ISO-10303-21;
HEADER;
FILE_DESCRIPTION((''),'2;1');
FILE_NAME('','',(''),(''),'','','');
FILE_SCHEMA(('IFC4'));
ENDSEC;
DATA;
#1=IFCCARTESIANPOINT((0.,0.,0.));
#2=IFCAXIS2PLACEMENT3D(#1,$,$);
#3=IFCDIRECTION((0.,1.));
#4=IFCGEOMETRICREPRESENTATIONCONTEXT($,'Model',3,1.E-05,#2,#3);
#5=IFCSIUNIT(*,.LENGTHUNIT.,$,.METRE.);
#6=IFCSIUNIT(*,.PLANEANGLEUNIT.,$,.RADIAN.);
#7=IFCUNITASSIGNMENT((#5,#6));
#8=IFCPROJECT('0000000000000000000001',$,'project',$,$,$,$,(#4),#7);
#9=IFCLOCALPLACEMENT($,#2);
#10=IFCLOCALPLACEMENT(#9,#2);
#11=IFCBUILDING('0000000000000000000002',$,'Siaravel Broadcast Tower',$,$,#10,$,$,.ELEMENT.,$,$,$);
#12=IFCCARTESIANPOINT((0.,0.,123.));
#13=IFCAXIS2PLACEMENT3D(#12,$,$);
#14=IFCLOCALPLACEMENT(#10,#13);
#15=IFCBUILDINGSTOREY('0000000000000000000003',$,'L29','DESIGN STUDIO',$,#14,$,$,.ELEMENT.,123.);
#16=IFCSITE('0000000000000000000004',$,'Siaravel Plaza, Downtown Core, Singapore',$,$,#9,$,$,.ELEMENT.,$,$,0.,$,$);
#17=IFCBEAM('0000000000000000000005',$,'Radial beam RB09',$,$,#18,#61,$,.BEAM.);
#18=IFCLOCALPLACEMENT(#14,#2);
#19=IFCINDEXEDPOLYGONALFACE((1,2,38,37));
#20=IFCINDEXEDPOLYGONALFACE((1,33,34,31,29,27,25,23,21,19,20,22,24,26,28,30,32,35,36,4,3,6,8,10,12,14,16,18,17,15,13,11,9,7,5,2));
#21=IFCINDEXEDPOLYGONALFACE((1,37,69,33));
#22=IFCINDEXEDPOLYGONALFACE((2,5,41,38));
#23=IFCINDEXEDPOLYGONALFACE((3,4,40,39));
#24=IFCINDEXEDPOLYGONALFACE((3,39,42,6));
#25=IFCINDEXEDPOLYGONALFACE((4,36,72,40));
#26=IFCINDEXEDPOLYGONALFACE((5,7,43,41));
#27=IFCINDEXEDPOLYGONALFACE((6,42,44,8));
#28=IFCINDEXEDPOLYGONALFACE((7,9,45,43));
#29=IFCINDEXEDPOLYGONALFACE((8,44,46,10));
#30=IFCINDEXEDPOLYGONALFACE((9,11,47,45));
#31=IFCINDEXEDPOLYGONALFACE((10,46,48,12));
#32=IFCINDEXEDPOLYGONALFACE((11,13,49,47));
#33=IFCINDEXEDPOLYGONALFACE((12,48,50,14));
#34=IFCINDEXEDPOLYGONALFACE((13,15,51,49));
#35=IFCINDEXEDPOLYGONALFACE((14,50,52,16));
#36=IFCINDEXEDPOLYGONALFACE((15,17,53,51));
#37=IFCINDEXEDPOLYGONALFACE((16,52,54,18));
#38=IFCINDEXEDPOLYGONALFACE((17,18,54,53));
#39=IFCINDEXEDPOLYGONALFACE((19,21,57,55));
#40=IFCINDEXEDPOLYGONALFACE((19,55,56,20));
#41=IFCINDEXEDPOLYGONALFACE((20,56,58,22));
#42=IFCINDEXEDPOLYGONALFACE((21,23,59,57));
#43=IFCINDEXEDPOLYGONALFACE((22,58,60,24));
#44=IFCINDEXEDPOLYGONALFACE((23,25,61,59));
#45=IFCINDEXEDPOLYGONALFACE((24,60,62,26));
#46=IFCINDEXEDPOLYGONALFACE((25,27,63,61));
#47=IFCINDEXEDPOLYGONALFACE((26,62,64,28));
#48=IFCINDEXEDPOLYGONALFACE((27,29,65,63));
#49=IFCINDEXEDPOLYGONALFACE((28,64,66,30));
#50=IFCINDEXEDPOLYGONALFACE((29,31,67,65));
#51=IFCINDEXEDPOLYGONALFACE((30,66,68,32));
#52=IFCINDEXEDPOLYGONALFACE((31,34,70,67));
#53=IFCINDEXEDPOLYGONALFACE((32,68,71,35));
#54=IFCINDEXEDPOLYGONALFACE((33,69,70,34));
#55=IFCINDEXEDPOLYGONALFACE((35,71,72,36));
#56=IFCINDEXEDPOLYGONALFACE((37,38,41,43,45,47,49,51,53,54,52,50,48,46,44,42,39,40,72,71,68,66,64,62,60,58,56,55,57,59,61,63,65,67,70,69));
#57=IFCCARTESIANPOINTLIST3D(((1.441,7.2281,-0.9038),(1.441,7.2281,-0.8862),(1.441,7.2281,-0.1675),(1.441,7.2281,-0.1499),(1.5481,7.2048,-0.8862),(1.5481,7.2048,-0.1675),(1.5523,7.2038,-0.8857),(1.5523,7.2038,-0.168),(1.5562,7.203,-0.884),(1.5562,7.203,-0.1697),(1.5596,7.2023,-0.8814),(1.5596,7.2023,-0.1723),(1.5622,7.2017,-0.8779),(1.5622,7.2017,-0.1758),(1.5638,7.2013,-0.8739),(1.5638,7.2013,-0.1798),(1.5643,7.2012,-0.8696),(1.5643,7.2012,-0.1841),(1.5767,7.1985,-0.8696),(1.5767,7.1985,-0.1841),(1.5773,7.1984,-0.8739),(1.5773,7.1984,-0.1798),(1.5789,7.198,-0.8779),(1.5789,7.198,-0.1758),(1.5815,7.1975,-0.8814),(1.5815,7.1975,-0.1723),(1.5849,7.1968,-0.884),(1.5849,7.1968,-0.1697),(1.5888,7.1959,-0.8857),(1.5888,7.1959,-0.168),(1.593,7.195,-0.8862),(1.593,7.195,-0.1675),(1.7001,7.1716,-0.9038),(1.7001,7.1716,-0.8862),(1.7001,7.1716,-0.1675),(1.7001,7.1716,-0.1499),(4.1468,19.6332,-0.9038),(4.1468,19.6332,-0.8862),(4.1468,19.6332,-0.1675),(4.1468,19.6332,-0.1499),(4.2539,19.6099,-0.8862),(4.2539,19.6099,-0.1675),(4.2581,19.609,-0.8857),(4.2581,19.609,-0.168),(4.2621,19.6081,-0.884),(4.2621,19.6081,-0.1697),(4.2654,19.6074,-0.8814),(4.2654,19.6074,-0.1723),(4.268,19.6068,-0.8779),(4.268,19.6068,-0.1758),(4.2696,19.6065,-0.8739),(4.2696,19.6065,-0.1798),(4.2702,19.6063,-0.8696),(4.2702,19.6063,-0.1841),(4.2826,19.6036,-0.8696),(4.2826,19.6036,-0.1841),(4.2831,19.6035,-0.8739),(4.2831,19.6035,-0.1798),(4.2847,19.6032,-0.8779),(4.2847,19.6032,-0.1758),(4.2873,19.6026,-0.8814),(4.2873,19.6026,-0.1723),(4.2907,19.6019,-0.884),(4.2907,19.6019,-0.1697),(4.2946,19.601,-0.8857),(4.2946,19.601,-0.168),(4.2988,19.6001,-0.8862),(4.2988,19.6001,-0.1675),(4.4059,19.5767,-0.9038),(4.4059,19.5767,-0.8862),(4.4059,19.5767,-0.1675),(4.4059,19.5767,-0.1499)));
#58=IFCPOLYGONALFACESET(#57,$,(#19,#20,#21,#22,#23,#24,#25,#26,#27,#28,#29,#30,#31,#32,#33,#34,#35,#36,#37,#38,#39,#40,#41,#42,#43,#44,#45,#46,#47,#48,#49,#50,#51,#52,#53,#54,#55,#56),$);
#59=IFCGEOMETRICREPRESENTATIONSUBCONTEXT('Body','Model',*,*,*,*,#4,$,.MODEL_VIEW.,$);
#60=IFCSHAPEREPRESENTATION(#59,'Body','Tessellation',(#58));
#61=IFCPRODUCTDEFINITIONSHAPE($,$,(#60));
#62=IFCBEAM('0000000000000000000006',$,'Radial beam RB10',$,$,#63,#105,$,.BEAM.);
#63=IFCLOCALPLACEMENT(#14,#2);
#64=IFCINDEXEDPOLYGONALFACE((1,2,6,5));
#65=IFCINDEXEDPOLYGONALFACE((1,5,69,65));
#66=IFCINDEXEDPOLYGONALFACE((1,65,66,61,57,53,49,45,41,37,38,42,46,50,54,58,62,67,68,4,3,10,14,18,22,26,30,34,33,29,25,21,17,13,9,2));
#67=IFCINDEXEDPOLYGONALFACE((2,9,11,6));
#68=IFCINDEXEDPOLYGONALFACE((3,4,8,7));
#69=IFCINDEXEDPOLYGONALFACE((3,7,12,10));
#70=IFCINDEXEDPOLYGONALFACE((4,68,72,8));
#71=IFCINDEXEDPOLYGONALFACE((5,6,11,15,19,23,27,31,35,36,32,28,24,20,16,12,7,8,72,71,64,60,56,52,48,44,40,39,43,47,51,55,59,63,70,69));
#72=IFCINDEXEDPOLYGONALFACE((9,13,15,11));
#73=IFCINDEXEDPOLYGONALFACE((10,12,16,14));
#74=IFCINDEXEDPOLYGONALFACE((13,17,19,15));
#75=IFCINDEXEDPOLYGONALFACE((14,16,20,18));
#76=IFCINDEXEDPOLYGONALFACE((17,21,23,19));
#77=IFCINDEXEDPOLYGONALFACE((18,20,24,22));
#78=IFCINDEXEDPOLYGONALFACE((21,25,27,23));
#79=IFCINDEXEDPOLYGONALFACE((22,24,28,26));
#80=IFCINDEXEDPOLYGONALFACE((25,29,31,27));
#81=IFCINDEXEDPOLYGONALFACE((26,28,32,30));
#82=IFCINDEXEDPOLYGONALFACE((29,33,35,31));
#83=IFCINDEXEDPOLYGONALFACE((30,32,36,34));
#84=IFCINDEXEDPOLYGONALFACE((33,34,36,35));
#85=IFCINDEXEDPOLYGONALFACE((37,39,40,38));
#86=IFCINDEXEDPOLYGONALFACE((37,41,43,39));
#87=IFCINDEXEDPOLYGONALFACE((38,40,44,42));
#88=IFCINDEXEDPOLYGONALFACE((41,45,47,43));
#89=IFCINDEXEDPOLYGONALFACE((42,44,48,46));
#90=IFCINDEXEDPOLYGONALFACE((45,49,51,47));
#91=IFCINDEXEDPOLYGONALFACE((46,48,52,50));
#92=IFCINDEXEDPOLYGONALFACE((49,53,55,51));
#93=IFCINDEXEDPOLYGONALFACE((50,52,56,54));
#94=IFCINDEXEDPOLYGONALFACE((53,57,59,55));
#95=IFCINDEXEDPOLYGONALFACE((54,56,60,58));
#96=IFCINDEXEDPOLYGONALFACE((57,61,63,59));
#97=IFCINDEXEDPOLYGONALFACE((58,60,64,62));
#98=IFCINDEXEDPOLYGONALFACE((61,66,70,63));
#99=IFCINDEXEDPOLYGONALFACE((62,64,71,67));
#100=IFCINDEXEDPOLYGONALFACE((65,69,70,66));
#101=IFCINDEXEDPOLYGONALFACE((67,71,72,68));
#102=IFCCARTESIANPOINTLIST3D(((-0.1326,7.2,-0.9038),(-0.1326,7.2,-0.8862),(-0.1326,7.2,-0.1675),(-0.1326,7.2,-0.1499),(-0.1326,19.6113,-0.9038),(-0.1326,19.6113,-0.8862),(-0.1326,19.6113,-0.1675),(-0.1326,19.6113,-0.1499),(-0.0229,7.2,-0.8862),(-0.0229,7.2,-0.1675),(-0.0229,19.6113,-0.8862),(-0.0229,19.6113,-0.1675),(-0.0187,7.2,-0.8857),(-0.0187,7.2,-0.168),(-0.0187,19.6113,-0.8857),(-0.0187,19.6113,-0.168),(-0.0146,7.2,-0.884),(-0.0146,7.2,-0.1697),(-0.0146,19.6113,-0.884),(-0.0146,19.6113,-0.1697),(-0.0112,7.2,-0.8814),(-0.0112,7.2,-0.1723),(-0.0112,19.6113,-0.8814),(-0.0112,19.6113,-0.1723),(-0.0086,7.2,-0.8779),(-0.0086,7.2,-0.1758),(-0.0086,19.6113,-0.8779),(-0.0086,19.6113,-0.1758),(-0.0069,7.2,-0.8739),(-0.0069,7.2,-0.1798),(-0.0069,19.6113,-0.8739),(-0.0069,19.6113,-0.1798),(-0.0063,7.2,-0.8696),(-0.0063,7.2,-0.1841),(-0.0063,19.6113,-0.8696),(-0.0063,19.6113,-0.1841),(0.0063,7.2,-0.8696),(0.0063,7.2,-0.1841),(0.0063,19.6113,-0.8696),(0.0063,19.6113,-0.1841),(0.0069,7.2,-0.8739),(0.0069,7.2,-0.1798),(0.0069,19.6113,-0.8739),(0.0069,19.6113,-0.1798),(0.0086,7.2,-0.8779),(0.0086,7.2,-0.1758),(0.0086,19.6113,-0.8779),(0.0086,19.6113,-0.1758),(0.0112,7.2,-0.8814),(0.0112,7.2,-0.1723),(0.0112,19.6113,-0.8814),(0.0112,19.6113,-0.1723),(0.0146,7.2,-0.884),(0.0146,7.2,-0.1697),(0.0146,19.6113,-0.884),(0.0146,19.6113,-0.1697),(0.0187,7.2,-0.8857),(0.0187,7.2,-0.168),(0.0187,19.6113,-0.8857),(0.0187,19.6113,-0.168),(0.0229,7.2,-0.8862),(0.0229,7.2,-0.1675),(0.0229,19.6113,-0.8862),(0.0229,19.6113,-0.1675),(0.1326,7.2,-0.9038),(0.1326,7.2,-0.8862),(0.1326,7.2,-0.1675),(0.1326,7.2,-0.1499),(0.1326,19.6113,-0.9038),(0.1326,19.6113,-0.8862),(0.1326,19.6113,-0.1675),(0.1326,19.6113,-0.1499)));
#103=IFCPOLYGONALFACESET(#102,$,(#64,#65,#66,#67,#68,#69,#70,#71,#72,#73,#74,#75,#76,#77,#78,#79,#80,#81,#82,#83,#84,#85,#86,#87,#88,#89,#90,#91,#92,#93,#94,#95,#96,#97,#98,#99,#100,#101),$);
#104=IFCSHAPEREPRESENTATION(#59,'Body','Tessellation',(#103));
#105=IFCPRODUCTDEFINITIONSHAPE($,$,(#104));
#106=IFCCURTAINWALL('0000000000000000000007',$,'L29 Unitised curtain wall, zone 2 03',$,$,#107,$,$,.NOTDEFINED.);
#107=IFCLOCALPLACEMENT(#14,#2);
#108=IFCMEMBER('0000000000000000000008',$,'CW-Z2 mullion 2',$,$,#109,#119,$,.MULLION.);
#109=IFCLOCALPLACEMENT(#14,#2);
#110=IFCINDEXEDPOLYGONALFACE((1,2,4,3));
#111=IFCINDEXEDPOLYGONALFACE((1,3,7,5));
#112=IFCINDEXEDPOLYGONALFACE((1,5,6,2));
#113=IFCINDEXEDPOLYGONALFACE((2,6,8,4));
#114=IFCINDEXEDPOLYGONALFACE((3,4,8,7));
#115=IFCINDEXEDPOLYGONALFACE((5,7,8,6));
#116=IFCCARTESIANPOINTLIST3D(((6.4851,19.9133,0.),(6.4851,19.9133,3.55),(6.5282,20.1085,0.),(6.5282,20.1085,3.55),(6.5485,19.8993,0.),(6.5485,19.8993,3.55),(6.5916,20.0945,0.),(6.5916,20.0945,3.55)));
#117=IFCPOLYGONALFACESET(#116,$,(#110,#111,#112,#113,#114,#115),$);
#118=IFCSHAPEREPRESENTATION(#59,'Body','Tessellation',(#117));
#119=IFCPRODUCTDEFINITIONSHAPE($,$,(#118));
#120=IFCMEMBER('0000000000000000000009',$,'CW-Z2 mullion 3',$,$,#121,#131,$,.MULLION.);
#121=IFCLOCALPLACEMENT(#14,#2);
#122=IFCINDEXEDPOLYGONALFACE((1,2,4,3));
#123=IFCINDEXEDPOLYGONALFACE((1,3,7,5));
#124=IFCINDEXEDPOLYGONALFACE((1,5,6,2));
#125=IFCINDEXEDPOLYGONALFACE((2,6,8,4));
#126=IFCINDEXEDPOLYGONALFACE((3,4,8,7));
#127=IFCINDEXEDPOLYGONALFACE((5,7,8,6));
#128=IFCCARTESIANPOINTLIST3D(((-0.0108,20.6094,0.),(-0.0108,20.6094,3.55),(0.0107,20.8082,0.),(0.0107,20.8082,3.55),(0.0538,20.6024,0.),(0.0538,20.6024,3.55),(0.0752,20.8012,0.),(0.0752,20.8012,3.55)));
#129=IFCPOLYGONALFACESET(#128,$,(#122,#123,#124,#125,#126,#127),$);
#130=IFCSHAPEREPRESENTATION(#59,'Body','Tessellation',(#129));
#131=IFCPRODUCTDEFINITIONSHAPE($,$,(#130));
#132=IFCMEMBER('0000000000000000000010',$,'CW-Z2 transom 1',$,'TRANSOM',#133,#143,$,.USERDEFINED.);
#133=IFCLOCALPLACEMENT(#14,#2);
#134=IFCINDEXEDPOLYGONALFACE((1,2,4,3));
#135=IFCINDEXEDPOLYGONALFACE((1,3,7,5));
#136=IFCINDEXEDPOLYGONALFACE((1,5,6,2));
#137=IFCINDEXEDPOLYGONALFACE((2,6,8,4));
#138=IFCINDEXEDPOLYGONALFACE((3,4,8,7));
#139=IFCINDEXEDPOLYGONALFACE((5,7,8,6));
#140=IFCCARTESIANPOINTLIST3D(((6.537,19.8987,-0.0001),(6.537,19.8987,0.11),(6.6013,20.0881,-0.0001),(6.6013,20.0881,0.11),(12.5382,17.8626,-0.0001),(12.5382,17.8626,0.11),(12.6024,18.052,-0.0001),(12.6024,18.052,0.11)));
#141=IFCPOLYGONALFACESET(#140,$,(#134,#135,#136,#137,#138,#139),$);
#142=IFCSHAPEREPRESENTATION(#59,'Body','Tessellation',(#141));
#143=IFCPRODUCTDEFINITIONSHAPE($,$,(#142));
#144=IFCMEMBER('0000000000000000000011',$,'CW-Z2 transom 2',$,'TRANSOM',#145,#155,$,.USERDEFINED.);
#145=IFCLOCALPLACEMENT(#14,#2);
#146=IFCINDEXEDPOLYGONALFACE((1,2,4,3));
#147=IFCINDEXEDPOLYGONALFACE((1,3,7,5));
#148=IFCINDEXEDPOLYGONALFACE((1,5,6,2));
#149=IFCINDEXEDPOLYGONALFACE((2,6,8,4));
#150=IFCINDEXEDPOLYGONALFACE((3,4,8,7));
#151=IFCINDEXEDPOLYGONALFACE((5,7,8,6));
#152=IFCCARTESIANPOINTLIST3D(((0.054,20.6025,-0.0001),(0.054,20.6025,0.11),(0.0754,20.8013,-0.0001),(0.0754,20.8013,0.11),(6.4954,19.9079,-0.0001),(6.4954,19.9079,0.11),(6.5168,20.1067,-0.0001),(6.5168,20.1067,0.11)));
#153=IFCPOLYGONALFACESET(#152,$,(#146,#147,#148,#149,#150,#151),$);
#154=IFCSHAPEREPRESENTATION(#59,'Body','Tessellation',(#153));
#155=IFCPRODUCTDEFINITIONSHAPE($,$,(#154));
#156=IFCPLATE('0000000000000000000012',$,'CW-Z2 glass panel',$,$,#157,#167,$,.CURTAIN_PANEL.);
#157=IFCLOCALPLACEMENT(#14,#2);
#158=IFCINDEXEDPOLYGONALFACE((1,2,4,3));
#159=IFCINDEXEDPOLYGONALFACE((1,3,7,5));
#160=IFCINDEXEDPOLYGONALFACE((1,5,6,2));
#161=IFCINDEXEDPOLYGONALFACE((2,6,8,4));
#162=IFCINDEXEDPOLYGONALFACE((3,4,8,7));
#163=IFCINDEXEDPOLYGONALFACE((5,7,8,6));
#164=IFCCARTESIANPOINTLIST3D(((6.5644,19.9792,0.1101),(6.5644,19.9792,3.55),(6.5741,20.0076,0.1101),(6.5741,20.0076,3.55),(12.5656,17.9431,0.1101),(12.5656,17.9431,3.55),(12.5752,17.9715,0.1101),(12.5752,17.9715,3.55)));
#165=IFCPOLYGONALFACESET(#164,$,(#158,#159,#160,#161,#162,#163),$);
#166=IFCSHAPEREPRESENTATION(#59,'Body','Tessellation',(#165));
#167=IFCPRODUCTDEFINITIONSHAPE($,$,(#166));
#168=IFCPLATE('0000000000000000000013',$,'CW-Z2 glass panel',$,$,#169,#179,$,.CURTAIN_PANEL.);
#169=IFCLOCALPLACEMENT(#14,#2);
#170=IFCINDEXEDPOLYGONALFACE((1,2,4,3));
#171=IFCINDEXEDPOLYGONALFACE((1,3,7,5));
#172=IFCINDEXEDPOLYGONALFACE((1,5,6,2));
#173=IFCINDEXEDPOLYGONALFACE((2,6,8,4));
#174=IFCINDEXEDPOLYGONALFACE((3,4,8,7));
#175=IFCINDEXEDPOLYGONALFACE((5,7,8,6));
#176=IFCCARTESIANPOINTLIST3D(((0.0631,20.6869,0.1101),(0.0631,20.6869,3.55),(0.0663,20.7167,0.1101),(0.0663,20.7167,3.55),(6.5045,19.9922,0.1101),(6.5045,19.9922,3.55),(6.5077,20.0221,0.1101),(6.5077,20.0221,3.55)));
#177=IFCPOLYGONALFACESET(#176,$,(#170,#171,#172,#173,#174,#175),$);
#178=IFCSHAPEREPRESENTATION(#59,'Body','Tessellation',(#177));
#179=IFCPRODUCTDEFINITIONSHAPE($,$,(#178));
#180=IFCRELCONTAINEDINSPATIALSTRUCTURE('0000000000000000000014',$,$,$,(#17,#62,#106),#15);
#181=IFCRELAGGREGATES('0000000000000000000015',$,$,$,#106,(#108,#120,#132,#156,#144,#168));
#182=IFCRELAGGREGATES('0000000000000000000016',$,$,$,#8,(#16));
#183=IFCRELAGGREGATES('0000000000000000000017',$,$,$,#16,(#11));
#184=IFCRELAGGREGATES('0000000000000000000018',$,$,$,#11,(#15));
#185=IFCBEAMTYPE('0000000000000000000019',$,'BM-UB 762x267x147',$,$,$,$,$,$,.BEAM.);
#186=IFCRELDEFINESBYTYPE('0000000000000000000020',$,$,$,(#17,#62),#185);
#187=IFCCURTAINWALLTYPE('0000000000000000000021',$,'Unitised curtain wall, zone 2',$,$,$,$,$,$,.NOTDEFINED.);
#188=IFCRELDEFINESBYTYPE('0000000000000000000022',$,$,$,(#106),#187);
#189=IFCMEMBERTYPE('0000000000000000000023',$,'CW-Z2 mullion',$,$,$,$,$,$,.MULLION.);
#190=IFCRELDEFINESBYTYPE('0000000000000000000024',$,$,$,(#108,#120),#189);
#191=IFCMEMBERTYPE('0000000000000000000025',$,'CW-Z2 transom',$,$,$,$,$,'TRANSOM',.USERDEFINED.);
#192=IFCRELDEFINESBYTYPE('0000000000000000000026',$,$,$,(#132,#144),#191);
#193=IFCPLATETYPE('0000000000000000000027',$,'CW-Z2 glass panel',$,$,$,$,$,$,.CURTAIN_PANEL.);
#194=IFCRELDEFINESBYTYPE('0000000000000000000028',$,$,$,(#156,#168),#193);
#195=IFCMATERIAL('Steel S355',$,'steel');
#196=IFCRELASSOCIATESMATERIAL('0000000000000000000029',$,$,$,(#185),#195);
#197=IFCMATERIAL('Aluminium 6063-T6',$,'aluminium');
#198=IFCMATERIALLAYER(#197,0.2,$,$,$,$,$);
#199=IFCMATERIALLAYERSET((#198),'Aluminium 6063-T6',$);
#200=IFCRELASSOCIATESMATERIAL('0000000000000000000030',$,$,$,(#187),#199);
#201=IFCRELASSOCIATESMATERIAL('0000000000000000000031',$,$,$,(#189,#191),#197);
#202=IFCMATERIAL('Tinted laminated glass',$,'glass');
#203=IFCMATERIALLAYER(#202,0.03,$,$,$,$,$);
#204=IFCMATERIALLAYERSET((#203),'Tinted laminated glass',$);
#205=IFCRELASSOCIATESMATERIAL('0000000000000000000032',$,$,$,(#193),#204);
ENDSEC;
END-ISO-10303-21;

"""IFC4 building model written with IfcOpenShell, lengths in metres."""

from ifc_helpers import new_model, si_unit, direction, frame, origin, origin_2d, place, context, subcontext, project, spatial, rectangle, i_section, extrude, material, layer, layer_set, material_profile, profile_set, type_object, element, aggregate, save


model = new_model("IFC4")

# Units and contexts
model_context = context("Model", 3, precision=1e-05, world=origin(), true_north=direction((0.0, 1.0)))
body_context = subcontext(model_context, "Body", "Model", "MODEL_VIEW")
ifc_project = project(units=[si_unit("LENGTHUNIT", "METRE"), si_unit("PLANEANGLEUNIT", "RADIAN")], contexts=[model_context])

# Site, building, storey
site_placement = place(None, origin())
site = spatial("IfcSite", under=ifc_project, at=site_placement, Name="Siaravel Plaza, Downtown Core, Singapore", CompositionType="ELEMENT", RefElevation=0.0)
building_placement = place(site_placement, origin())
building = spatial("IfcBuilding", under=site, at=building_placement, Name="Siaravel Broadcast Tower", CompositionType="ELEMENT")
storey_placement = place(building_placement, frame((0.0, 0.0, 123.0)))
storey = spatial("IfcBuildingStorey", under=building, at=storey_placement, Name="L29", Description="DESIGN STUDIO", CompositionType="ELEMENT", Elevation=123.0)

# Beams
ifc_material_1 = material(Name="Steel S355", Category="steel")
ifc_material_profile_1 = material_profile(ifc_material_1, i_section(OverallWidth=0.2651, OverallDepth=0.7539, WebThickness=0.0127, FlangeThickness=0.0176, FilletRadius=0.0166, at=origin_2d()))
ifc_profile_set_1 = profile_set([ifc_material_profile_1], Name="Steel S355")
beam_type = type_object("IfcBeamType", Name="BM-UB 762x267x147", PredefinedType="BEAM", material=ifc_profile_set_1)
beam_1_placement = place(storey_placement, frame((4.2764, 19.605, -0.5269), z_axis=(-0.213111, -0.977028, 0.0), x_axis=(0.977028, -0.213111, 0.0)))
element("IfcBeam", 1, at=beam_1_placement, inside=storey, type_object=beam_type, Name="Radial beam RB09", PredefinedType="BEAM", context=body_context, shape_type="SweptSolid", body=[
    extrude(i_section(OverallWidth=0.2651, OverallDepth=0.7539, WebThickness=0.0127, FlangeThickness=0.0176, FilletRadius=0.0166, at=origin_2d()), origin(), (0.0, 0.0, 1.0), 12.6968),
])
beam_2_placement = place(storey_placement, frame((0.0, 19.6113, -0.5269), z_axis=(0.0, -1.0, 0.0), x_axis=(1.0, 0.0, 0.0)))
element("IfcBeam", 2, at=beam_2_placement, inside=storey, type_object=beam_type, Name="Radial beam RB10", PredefinedType="BEAM", context=body_context, shape_type="SweptSolid", body=[
    extrude(i_section(OverallWidth=0.2651, OverallDepth=0.7539, WebThickness=0.0127, FlangeThickness=0.0176, FilletRadius=0.0166, at=origin_2d()), origin(), (0.0, 0.0, 1.0), 12.4114),
])

# Curtain wall, members, plates
ifc_material_2 = material(Name="Aluminium 6063-T6", Category="aluminium")
ifc_layer_1 = layer(ifc_material_2, 0.2)
ifc_layer_set_1 = layer_set([ifc_layer_1], Name="Aluminium 6063-T6")
curtain_wall_type = type_object("IfcCurtainWallType", Name="Unitised curtain wall, zone 2", PredefinedType="NOTDEFINED", material=ifc_layer_set_1)
curtain_wall_placement = place(storey_placement, origin())
curtain_wall = element("IfcCurtainWall", 3, at=curtain_wall_placement, inside=storey, type_object=curtain_wall_type, Name="L29 Unitised curtain wall, zone 2 03", PredefinedType="NOTDEFINED")
ifc_material_profile_2 = material_profile(ifc_material_2, rectangle(XDim=0.2, YDim=0.0649, at=origin_2d()))
ifc_profile_set_2 = profile_set([ifc_material_profile_2], Name="Aluminium 6063-T6")
member_type_1 = type_object("IfcMemberType", Name="CW-Z2 mullion", PredefinedType="MULLION", material=ifc_profile_set_2)
member_1_placement = place(storey_placement, frame((6.5383, 20.0039, 0.0), z_axis=(0.0, 0.0, 1.0), x_axis=(-0.215558, -0.976491, 0.0)))
member_1 = element("IfcMember", 4, at=member_1_placement, type_object=member_type_1, Name="CW-Z2 mullion 2", PredefinedType="MULLION", context=body_context, shape_type="SweptSolid", body=[
    extrude(rectangle(XDim=0.2, YDim=0.0649, at=origin_2d()), origin(), (0.0, 0.0, 1.0), 3.55),
])
member_2_placement = place(storey_placement, frame((0.0322, 20.7053, 0.0), z_axis=(0.0, 0.0, 1.0), x_axis=(-0.107217, -0.994236, 0.0)))
member_2 = element("IfcMember", 5, at=member_2_placement, type_object=member_type_1, Name="CW-Z2 mullion 3", PredefinedType="MULLION", context=body_context, shape_type="SweptSolid", body=[
    extrude(rectangle(XDim=0.2, YDim=0.0649, at=origin_2d()), origin(), (0.0, 0.0, 1.0), 3.55),
])
ifc_material_profile_3 = material_profile(ifc_material_2, rectangle(XDim=0.2, YDim=0.1101, at=origin_2d()))
ifc_profile_set_3 = profile_set([ifc_material_profile_3], Name="Aluminium 6063-T6")
member_type_2 = type_object("IfcMemberType", Name="CW-Z2 transom", ElementType="TRANSOM", PredefinedType="USERDEFINED", material=ifc_profile_set_3)
member_3_placement = place(storey_placement, frame((12.5703, 17.9573, 0.0549), z_axis=(-0.946978, 0.321297, 0.0), x_axis=(-0.321297, -0.946978, 0.0)))
member_3 = element("IfcMember", 6, at=member_3_placement, type_object=member_type_2, Name="CW-Z2 transom 1", ObjectType="TRANSOM", PredefinedType="USERDEFINED", context=body_context, shape_type="SweptSolid", body=[
    extrude(rectangle(XDim=0.2, YDim=0.1101, at=origin_2d()), origin(), (0.0, 0.0, 1.0), 6.3372),
])
member_4_placement = place(storey_placement, frame((6.5061, 20.0073, 0.0549), z_axis=(-0.994237, 0.107209, 0.0), x_axis=(-0.107209, -0.994237, 0.0)))
member_4 = element("IfcMember", 7, at=member_4_placement, type_object=member_type_2, Name="CW-Z2 transom 2", ObjectType="TRANSOM", PredefinedType="USERDEFINED", context=body_context, shape_type="SweptSolid", body=[
    extrude(rectangle(XDim=0.2, YDim=0.1101, at=origin_2d()), origin(), (0.0, 0.0, 1.0), 6.4788),
])
ifc_material_3 = material(Name="Tinted laminated glass", Category="glass")
ifc_layer_2 = layer(ifc_material_3, 0.03)
ifc_layer_set_2 = layer_set([ifc_layer_2], Name="Tinted laminated glass")
plate_type = type_object("IfcPlateType", Name="CW-Z2 glass panel", PredefinedType="CURTAIN_PANEL", material=ifc_layer_set_2)
plate_1_placement = place(storey_placement, frame((9.5698, 18.9753, 0.1101), z_axis=(0.0, 0.0, 1.0), x_axis=(-0.946977, 0.321301, 0.0)))
plate_1 = element("IfcPlate", 8, at=plate_1_placement, type_object=plate_type, Name="CW-Z2 glass panel", PredefinedType="CURTAIN_PANEL", context=body_context, shape_type="SweptSolid", body=[
    extrude(rectangle(XDim=6.3372, YDim=0.03, at=origin_2d()), origin(), (0.0, 0.0, 1.0), 3.4399),
])
plate_2_placement = place(storey_placement, frame((3.2854, 20.3545, 0.1101), z_axis=(0.0, 0.0, 1.0), x_axis=(-0.994236, 0.107217, 0.0)))
plate_2 = element("IfcPlate", 9, at=plate_2_placement, type_object=plate_type, Name="CW-Z2 glass panel", PredefinedType="CURTAIN_PANEL", context=body_context, shape_type="SweptSolid", body=[
    extrude(rectangle(XDim=6.4788, YDim=0.03, at=origin_2d()), origin(), (0.0, 0.0, 1.0), 3.4399),
])
aggregate(curtain_wall, [member_1, member_2, member_3, plate_1, member_4, plate_2])

save(model, "model.ifc")
